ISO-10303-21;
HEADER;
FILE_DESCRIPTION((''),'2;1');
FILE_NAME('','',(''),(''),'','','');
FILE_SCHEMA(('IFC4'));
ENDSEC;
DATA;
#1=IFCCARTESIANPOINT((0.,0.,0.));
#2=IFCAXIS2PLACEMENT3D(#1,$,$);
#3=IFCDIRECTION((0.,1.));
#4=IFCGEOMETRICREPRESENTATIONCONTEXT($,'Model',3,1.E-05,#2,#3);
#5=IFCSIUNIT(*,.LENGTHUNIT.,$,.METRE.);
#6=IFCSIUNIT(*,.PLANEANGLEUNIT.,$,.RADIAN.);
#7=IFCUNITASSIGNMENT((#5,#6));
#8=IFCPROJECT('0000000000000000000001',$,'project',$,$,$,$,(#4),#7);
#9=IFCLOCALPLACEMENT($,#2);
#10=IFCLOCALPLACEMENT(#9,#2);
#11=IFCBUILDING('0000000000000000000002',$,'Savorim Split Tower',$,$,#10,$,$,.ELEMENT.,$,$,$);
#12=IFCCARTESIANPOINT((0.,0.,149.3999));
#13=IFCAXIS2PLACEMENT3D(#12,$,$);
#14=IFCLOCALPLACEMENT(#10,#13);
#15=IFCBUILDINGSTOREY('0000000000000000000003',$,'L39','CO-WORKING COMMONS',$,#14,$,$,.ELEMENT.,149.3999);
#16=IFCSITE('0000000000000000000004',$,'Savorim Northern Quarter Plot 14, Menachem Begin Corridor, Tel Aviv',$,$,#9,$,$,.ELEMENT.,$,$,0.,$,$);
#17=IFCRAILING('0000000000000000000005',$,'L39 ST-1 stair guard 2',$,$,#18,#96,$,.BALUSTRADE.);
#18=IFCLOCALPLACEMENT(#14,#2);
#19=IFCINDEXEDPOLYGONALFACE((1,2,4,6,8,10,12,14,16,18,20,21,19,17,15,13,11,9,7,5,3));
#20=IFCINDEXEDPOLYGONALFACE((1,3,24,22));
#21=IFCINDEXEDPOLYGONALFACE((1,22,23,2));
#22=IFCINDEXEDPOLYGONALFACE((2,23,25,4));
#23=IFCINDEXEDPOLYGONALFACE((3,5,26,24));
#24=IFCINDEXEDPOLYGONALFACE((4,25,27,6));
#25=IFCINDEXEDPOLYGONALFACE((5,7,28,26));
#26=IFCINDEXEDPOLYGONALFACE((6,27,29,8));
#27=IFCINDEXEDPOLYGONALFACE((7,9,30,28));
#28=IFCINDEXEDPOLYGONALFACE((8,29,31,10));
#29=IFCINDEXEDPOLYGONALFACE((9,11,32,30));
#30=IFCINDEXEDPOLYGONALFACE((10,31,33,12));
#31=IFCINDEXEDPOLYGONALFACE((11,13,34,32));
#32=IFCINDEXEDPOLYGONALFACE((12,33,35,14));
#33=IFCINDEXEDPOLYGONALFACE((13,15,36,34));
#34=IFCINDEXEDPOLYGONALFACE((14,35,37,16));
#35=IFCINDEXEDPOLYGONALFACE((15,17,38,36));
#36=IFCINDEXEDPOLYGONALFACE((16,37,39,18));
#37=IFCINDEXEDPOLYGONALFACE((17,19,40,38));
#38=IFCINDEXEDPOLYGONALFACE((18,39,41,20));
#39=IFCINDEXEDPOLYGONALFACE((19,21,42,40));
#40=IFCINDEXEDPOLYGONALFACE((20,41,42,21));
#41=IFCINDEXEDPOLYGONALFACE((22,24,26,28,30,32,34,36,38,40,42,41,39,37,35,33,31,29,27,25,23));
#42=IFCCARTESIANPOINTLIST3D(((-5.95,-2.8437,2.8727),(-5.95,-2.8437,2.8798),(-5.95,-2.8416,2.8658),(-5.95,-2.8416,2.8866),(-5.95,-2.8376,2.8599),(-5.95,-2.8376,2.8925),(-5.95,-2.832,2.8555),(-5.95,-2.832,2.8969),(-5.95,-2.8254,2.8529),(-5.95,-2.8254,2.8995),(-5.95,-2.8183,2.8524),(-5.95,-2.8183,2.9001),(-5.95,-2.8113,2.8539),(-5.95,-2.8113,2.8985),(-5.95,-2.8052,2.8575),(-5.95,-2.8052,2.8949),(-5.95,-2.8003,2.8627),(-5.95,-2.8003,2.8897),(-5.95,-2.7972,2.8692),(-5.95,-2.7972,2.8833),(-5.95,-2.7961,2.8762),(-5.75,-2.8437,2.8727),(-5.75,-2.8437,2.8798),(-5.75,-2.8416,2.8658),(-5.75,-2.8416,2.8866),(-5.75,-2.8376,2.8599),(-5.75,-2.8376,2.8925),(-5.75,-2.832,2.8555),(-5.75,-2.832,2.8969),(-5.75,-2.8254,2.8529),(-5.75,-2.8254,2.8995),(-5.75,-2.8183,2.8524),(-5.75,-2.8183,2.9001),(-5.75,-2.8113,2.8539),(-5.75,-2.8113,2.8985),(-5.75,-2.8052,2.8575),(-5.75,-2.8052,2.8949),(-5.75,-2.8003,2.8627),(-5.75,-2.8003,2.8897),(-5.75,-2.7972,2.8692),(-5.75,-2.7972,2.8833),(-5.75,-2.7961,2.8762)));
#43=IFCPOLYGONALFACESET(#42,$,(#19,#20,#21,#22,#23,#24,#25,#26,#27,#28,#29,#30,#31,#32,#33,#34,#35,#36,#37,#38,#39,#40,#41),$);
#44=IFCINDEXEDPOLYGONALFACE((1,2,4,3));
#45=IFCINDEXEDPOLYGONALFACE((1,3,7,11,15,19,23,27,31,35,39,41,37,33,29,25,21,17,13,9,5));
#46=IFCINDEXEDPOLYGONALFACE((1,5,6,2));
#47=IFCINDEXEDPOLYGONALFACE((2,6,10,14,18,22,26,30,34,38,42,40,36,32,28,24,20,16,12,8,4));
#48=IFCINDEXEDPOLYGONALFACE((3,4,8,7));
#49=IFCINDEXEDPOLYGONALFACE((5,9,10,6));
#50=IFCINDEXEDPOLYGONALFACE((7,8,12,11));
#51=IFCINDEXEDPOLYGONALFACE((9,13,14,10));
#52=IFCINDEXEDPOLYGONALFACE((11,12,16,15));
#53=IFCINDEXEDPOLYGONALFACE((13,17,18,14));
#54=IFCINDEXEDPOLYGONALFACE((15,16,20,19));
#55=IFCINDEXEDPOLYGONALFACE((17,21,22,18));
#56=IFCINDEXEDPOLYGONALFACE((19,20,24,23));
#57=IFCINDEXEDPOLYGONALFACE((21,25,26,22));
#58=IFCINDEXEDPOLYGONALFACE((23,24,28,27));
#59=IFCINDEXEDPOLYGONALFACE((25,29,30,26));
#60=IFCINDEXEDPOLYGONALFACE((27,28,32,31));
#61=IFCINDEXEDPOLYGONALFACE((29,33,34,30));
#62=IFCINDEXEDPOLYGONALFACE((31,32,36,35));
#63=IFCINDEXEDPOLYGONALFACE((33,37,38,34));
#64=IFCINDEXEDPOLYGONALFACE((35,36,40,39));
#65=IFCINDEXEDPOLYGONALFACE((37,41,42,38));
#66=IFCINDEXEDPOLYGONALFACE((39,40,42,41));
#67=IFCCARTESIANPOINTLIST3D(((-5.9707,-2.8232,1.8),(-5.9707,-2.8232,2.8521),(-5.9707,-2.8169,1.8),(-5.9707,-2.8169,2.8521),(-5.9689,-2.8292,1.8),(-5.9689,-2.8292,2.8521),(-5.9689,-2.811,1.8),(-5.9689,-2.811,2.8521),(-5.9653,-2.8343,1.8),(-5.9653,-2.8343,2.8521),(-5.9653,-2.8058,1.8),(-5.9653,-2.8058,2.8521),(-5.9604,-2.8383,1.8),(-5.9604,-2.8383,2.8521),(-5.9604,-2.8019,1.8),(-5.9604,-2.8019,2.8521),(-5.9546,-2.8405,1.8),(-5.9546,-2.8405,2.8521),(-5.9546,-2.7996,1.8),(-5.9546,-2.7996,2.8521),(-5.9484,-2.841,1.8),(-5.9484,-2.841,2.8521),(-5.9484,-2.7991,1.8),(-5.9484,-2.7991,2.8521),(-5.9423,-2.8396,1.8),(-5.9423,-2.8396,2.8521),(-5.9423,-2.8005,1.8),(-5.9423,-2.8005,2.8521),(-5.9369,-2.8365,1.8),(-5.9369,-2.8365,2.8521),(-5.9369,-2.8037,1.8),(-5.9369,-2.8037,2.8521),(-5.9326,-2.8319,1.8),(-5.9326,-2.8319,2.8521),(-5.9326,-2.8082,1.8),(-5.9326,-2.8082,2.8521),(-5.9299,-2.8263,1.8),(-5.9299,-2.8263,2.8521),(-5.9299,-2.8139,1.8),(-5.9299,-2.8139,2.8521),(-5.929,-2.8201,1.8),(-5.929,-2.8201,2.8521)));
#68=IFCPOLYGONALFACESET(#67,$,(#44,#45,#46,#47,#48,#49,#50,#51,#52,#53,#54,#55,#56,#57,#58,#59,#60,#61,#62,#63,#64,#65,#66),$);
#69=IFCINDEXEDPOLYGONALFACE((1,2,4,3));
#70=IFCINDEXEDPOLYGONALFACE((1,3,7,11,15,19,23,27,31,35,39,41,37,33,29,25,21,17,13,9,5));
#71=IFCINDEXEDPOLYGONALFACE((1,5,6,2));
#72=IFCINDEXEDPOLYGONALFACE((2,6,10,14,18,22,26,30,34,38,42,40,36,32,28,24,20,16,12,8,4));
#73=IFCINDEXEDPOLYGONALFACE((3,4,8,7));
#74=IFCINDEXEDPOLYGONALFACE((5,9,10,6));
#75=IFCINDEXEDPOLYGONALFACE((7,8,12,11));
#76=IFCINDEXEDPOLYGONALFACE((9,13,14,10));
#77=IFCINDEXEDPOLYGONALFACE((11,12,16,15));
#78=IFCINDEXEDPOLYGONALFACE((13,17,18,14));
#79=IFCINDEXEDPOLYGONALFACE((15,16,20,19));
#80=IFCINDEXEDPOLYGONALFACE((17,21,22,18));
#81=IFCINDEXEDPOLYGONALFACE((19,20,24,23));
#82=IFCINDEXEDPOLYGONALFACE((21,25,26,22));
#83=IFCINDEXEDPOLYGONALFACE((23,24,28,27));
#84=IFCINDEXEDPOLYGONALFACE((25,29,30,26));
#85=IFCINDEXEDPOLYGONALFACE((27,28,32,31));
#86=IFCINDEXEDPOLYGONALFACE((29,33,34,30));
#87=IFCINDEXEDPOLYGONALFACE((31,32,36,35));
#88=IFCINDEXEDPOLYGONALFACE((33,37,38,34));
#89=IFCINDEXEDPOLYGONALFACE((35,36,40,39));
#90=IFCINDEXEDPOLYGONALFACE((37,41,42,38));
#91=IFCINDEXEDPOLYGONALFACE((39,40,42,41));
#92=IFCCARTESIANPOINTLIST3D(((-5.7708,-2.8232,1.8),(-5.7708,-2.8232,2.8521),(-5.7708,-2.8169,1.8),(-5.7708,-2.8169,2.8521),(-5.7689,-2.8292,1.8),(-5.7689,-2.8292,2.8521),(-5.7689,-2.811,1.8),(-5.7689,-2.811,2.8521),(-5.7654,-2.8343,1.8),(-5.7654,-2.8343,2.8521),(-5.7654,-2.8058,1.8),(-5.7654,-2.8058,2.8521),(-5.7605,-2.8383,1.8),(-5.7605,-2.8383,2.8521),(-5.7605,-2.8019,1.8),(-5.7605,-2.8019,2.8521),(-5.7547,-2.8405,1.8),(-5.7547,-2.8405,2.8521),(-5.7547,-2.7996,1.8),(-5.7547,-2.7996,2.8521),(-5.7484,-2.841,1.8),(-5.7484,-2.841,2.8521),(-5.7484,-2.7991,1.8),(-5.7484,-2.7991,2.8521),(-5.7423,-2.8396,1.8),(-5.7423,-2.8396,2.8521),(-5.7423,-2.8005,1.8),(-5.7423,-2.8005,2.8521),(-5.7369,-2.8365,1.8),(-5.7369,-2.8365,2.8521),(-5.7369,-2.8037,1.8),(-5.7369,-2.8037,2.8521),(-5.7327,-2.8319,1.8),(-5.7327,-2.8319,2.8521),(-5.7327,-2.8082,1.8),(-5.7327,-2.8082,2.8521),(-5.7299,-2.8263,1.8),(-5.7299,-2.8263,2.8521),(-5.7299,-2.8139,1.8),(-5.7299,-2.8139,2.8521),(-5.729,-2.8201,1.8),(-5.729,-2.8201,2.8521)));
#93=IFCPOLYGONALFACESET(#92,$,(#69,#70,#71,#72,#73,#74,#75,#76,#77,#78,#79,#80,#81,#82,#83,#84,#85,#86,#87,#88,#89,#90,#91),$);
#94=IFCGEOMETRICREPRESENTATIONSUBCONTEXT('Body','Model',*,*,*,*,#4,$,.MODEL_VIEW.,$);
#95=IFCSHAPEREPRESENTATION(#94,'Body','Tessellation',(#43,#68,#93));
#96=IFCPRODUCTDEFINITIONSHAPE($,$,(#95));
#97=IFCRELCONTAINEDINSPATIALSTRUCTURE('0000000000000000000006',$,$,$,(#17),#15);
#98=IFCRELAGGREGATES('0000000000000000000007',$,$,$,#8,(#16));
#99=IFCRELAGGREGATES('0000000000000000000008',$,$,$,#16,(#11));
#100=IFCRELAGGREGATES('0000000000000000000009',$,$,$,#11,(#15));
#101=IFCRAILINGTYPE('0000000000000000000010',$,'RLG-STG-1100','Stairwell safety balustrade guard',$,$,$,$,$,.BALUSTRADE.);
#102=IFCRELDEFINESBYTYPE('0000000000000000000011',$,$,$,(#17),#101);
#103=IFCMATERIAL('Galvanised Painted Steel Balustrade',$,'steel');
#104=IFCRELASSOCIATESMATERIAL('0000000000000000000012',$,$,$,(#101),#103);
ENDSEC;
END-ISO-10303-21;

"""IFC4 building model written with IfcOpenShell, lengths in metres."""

from ifc_helpers import new_model, si_unit, direction, frame, origin, origin_2d, place, context, subcontext, project, spatial, circle, extrude, material, type_object, element, save


model = new_model("IFC4")

# Units and contexts
model_context = context("Model", 3, precision=1e-05, world=origin(), true_north=direction((0.0, 1.0)))
body_context = subcontext(model_context, "Body", "Model", "MODEL_VIEW")
ifc_project = project(units=[si_unit("LENGTHUNIT", "METRE"), si_unit("PLANEANGLEUNIT", "RADIAN")], contexts=[model_context])

# Site, building, storey
site_placement = place(None, origin())
site = spatial("IfcSite", under=ifc_project, at=site_placement, Name="Savorim Northern Quarter Plot 14, Menachem Begin Corridor, Tel Aviv", CompositionType="ELEMENT", RefElevation=0.0)
building_placement = place(site_placement, origin())
building = spatial("IfcBuilding", under=site, at=building_placement, Name="Savorim Split Tower", CompositionType="ELEMENT")
storey_placement = place(building_placement, frame((0.0, 0.0, 149.3999)))
storey = spatial("IfcBuildingStorey", under=building, at=storey_placement, Name="L39", Description="CO-WORKING COMMONS", CompositionType="ELEMENT", Elevation=149.3999)

# Railing
ifc_material_1 = material(Name="Galvanised Painted Steel Balustrade", Category="steel")
railing_type_1 = type_object("IfcRailingType", Name="RLG-STG-1100", Description="Stairwell safety balustrade guard", PredefinedType="BALUSTRADE", material=ifc_material_1)
railing_1_placement = place(storey_placement, frame((-5.95, -2.8201, 1.8)))
element("IfcRailing", 1, at=railing_1_placement, inside=storey, type_object=railing_type_1, Name="L39 ST-1 stair guard 2", PredefinedType="BALUSTRADE", context=body_context, shape_type="SweptSolid", body=[
    extrude(circle(Radius=0.0239, at=origin_2d()), frame((0.0, 0.0, 1.0762), z_axis=(1.0, 0.0, 0.0), x_axis=(0.0, 1.0, 0.0)), (0.0, 0.0, 1.0), 0.2),
    extrude(circle(Radius=0.021, at=origin_2d()), origin(), (0.0, 0.0, 1.0), 1.052),
    extrude(circle(Radius=0.021, at=origin_2d()), frame((0.2, 0.0, 0.0)), (0.0, 0.0, 1.0), 1.052),
])

save(model, "model.ifc")
